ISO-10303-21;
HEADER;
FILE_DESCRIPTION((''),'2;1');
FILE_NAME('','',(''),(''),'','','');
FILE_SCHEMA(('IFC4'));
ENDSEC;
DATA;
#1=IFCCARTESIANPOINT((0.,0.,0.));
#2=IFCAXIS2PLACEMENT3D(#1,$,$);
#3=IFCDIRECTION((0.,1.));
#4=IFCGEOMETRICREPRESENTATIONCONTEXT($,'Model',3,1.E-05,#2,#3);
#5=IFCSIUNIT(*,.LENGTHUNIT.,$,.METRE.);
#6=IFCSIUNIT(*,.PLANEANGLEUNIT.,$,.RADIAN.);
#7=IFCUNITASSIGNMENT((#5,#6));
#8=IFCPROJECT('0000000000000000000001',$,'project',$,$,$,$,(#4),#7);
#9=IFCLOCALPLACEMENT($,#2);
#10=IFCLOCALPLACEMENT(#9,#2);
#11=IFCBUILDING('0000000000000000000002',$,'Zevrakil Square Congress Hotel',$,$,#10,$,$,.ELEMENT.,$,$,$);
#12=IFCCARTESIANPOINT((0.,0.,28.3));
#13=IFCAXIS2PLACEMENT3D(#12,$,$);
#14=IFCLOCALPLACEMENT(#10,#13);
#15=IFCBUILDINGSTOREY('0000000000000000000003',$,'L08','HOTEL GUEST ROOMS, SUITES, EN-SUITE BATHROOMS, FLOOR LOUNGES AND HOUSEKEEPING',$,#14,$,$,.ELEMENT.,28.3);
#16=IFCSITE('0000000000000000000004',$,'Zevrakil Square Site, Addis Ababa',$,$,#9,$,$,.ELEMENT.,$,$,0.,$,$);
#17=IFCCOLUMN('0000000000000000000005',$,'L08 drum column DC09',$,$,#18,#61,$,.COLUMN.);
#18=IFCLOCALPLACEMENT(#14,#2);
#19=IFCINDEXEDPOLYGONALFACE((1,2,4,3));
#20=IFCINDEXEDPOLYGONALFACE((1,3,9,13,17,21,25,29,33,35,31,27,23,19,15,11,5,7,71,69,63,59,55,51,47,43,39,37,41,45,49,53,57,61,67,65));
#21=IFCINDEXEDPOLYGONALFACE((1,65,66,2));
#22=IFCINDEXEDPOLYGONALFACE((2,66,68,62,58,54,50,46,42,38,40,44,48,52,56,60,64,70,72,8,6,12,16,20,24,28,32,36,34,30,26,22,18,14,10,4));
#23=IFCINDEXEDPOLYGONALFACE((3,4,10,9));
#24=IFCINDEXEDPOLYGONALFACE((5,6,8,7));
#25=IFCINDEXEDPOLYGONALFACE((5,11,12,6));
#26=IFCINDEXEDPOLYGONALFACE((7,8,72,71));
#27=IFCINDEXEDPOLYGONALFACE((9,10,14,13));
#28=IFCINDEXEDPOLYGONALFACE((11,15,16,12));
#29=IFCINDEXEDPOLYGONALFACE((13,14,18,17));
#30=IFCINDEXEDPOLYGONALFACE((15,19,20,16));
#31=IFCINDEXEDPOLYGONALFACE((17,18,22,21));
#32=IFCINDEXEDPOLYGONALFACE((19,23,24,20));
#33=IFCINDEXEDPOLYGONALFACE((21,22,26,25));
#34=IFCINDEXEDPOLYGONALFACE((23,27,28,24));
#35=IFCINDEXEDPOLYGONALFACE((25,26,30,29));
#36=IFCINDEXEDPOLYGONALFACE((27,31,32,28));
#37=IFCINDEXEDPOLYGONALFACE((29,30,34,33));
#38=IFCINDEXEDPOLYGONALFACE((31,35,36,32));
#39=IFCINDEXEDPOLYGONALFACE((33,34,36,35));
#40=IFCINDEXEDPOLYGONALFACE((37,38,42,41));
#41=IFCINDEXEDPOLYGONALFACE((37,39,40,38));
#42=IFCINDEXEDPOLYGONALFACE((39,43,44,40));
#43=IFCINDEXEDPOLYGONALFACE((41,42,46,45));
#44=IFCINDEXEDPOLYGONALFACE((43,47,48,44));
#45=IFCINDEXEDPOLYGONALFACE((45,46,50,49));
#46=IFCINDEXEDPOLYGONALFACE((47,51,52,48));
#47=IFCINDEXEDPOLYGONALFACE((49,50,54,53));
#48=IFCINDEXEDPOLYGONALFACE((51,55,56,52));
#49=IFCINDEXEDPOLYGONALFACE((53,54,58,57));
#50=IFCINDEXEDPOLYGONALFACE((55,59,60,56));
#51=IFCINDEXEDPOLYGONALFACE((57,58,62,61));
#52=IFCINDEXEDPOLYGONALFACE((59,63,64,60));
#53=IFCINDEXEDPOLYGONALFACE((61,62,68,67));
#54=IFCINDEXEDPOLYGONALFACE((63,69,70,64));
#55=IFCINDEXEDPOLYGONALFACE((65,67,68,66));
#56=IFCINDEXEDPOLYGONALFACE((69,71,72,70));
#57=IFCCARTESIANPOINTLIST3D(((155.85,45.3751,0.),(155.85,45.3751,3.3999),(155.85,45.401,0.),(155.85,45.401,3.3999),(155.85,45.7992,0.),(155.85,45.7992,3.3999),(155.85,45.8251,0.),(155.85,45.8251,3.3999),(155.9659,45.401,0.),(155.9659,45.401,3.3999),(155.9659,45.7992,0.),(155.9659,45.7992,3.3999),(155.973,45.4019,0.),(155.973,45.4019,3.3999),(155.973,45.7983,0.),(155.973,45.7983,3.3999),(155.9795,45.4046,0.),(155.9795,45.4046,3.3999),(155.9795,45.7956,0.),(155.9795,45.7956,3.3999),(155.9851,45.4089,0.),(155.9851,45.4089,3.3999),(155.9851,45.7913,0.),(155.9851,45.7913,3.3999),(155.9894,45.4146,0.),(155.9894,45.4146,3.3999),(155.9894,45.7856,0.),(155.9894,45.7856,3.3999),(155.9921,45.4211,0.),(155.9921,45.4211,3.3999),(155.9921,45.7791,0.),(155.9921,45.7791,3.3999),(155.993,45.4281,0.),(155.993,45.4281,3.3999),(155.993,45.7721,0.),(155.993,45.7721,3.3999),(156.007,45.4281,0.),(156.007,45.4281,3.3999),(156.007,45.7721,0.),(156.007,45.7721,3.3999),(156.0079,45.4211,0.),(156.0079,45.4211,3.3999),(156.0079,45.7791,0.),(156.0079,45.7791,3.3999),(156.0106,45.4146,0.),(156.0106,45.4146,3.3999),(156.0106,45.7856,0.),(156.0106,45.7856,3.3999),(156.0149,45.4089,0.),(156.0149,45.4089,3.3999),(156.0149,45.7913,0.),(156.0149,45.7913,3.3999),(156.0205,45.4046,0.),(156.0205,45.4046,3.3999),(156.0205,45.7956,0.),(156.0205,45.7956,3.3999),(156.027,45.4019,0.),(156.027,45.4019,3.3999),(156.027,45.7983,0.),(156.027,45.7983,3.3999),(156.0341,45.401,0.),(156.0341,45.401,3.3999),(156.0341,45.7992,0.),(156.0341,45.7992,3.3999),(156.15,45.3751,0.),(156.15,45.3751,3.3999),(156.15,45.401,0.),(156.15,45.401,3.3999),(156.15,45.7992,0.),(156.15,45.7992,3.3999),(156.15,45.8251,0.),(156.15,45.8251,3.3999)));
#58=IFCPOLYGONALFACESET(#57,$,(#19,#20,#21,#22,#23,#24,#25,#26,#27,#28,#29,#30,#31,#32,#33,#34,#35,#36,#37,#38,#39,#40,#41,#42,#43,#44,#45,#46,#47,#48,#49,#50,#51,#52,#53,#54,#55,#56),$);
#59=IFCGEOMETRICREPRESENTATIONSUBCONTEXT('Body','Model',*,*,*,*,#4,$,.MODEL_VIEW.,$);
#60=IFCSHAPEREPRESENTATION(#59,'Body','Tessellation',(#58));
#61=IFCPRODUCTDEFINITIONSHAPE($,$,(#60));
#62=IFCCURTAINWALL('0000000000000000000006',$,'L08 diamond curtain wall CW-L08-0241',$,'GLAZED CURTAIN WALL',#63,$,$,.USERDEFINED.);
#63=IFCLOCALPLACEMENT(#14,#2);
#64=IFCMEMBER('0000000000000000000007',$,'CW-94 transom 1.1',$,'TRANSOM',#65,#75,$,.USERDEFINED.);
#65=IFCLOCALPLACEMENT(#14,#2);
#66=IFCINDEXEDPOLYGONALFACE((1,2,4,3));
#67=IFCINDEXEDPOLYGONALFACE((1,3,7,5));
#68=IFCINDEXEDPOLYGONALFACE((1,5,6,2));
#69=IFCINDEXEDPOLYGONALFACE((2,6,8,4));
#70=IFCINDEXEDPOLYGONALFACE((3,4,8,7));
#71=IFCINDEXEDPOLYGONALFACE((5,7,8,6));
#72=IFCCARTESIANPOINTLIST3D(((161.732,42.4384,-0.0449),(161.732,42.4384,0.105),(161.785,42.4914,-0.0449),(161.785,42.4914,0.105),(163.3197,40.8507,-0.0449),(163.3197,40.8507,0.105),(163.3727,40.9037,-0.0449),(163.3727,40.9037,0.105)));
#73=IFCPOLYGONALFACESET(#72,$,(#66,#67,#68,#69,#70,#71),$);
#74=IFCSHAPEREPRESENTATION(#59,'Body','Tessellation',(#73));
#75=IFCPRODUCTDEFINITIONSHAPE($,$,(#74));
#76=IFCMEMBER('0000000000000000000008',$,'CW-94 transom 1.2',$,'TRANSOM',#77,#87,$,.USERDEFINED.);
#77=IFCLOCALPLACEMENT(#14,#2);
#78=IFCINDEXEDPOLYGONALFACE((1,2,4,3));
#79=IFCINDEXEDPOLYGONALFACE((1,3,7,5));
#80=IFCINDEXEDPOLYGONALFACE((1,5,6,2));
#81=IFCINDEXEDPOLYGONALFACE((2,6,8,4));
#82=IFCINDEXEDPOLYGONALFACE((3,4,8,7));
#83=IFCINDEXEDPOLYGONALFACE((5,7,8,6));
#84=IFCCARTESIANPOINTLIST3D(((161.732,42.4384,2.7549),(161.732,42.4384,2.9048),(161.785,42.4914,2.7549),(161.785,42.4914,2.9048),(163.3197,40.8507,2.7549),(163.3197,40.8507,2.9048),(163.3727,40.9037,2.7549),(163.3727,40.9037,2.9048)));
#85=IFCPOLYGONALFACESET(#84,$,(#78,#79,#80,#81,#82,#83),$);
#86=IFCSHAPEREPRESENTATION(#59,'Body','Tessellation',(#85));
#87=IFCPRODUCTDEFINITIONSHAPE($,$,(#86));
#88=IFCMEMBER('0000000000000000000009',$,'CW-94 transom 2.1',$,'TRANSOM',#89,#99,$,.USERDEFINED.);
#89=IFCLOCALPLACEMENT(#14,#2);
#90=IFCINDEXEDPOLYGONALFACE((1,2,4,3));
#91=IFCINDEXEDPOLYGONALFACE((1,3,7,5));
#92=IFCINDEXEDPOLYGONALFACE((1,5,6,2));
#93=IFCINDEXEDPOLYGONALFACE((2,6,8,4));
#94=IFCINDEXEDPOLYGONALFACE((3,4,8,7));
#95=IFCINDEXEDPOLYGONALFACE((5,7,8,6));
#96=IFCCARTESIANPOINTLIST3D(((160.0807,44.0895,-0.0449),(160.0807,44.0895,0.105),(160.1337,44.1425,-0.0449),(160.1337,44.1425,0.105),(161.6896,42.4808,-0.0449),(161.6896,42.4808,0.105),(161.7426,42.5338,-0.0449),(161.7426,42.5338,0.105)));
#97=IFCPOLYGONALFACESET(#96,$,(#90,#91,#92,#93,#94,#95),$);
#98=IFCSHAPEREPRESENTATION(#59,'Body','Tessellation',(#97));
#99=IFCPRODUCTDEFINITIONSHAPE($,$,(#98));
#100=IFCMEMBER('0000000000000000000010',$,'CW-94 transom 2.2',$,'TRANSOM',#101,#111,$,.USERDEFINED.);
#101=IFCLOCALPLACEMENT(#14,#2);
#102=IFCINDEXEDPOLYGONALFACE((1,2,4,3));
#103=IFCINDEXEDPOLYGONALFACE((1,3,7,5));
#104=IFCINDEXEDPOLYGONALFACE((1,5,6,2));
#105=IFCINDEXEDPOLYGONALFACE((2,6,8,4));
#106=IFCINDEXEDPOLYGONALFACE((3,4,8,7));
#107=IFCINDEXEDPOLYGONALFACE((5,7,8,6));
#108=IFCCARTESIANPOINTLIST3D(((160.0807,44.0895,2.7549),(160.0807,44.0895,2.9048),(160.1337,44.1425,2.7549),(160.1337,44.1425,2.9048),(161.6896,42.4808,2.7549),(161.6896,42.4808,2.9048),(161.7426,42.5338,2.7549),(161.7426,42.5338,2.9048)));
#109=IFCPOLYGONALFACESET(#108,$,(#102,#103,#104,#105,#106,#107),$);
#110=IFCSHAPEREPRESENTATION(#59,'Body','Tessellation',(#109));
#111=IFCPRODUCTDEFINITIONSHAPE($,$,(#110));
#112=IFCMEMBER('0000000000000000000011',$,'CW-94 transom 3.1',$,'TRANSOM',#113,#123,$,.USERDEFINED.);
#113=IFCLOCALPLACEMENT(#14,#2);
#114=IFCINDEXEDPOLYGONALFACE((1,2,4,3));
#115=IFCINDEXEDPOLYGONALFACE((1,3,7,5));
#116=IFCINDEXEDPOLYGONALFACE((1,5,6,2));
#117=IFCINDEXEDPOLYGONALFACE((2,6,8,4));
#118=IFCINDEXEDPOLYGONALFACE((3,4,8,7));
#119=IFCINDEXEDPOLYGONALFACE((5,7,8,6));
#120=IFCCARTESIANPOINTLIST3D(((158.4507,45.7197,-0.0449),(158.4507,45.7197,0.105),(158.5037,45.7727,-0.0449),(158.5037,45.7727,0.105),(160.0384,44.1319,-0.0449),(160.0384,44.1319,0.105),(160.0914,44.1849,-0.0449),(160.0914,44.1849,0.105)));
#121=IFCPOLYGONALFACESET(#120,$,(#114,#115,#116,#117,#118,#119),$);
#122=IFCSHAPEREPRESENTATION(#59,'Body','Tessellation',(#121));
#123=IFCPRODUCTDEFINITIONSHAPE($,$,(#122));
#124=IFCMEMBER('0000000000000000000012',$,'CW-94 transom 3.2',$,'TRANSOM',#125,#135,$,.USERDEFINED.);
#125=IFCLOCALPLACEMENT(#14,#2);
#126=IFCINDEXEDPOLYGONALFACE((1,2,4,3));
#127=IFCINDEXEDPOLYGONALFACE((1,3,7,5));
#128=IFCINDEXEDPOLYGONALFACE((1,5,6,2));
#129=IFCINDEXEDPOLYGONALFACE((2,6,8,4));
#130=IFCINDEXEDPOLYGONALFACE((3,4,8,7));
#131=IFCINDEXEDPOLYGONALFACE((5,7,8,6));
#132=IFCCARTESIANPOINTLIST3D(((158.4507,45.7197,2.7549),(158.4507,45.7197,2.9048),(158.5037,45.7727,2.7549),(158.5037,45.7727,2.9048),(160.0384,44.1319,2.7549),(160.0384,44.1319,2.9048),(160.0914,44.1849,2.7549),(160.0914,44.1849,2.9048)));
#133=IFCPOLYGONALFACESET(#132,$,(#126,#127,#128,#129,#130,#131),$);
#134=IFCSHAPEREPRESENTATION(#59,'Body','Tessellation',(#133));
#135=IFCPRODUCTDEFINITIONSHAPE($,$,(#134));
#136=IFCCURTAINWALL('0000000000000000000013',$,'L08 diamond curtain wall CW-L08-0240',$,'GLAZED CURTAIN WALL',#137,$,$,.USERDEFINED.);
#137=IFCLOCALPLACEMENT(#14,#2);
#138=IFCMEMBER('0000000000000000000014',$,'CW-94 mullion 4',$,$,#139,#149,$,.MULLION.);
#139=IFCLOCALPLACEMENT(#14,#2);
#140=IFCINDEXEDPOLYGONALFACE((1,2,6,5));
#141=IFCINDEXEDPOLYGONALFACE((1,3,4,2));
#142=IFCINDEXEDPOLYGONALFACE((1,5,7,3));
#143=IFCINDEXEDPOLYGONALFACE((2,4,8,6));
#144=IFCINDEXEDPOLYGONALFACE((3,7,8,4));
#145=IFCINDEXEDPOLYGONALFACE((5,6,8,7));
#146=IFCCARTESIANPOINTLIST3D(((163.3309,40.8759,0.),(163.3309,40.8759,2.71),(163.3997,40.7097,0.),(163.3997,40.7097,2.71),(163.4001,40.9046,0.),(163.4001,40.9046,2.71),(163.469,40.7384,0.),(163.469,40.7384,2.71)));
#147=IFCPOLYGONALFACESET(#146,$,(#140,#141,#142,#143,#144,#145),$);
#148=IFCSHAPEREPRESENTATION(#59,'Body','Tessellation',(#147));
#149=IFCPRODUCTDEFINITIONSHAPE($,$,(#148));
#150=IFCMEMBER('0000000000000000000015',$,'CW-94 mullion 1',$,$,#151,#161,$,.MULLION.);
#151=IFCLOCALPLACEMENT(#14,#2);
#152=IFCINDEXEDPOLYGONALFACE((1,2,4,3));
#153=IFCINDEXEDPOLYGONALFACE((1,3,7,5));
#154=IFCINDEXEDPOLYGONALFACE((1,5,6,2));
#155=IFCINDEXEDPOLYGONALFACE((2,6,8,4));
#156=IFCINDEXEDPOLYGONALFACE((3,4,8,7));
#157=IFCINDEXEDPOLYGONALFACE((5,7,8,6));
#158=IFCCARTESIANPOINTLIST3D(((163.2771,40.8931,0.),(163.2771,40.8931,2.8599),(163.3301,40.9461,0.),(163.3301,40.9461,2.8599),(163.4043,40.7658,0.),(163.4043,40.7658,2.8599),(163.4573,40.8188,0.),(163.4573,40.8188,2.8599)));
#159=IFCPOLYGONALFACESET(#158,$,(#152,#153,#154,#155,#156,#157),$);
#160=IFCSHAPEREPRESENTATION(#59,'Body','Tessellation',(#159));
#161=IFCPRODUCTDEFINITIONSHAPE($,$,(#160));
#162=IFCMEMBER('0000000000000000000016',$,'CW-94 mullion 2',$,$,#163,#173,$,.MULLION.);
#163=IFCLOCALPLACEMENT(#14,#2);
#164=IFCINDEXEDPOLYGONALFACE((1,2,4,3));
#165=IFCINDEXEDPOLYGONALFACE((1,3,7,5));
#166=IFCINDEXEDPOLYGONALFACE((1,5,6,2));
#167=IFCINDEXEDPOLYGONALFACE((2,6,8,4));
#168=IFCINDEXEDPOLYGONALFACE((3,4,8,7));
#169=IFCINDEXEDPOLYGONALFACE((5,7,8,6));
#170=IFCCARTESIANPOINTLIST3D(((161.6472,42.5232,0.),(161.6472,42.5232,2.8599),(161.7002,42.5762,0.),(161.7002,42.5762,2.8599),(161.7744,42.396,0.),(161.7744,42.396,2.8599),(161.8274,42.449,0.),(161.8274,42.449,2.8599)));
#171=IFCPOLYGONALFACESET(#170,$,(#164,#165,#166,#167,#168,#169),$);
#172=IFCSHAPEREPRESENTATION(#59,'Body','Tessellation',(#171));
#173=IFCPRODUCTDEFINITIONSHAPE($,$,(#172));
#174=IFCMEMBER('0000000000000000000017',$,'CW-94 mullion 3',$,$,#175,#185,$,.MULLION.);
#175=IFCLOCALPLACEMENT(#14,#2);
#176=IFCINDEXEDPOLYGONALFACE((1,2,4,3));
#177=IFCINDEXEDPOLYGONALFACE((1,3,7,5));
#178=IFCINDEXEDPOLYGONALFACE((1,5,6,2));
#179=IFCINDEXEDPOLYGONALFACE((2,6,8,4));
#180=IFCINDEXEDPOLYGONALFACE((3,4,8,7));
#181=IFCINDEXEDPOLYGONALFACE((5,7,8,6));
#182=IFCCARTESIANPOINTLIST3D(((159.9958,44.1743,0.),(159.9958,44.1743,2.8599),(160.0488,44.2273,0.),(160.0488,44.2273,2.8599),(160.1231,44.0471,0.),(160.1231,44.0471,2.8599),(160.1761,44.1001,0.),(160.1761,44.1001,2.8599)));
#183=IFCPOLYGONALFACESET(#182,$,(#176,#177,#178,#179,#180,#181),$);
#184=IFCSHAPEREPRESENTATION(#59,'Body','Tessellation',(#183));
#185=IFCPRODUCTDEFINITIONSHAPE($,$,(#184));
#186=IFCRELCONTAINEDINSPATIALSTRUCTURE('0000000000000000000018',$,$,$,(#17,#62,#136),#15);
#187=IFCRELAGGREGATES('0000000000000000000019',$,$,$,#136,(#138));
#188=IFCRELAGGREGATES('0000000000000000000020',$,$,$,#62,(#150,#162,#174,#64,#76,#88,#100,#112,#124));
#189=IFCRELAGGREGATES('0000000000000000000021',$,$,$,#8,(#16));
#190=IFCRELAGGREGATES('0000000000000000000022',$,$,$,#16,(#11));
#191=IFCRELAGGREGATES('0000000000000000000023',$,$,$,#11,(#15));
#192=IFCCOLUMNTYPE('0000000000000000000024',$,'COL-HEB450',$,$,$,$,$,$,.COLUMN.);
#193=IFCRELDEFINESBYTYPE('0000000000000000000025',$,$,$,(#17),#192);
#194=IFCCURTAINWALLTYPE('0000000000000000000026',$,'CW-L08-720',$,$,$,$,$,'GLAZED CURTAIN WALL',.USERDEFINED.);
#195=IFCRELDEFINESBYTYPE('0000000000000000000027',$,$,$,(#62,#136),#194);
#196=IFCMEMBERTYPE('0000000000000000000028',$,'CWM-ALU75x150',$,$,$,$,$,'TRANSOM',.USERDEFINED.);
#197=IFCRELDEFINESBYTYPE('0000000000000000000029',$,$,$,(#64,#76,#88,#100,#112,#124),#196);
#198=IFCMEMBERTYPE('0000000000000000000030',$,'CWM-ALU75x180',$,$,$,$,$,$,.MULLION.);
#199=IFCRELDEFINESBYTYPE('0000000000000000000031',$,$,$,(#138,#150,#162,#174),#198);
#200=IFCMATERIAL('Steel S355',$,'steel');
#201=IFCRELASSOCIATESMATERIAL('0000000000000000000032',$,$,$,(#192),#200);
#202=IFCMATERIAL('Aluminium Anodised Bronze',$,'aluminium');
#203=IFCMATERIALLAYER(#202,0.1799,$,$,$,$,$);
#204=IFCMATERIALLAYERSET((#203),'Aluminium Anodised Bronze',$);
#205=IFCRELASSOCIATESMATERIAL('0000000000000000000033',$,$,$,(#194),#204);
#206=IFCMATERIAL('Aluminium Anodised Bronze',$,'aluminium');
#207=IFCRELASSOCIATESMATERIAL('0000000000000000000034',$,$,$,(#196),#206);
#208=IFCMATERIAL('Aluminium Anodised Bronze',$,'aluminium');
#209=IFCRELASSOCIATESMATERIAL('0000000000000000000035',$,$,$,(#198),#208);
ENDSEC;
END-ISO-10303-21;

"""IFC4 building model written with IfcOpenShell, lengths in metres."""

from ifc_helpers import new_model, si_unit, direction, frame, origin, origin_2d, place, context, subcontext, project, spatial, rectangle, i_section, extrude, material, layer, layer_set, material_profile, profile_set, type_object, element, aggregate, save


model = new_model("IFC4")

# Units and contexts
model_context = context("Model", 3, precision=1e-05, world=origin(), true_north=direction((0.0, 1.0)))
body_context = subcontext(model_context, "Body", "Model", "MODEL_VIEW")
ifc_project = project(units=[si_unit("LENGTHUNIT", "METRE"), si_unit("PLANEANGLEUNIT", "RADIAN")], contexts=[model_context])

# Site, building, storey
site_placement = place(None, origin())
site = spatial("IfcSite", under=ifc_project, at=site_placement, Name="Zevrakil Square Site, Addis Ababa", CompositionType="ELEMENT", RefElevation=0.0)
building_placement = place(site_placement, origin())
building = spatial("IfcBuilding", under=site, at=building_placement, Name="Zevrakil Square Congress Hotel", CompositionType="ELEMENT")
storey_placement = place(building_placement, frame((0.0, 0.0, 28.3)))
storey = spatial("IfcBuildingStorey", under=building, at=storey_placement, Name="L08", Description="HOTEL GUEST ROOMS, SUITES, EN-SUITE BATHROOMS, FLOOR LOUNGES AND HOUSEKEEPING", CompositionType="ELEMENT", Elevation=28.3)

# Column
ifc_material_1 = material(Name="Steel S355", Category="steel")
ifc_material_profile_1 = material_profile(ifc_material_1, i_section(OverallWidth=0.3, OverallDepth=0.45, WebThickness=0.0139, FlangeThickness=0.0259, FilletRadius=0.0271, at=origin_2d()), Name="HEB 450")
ifc_profile_set_1 = profile_set([ifc_material_profile_1], Name="Steel S355")
column_type = type_object("IfcColumnType", Name="COL-HEB450", PredefinedType="COLUMN", material=ifc_profile_set_1)
column_placement = place(storey_placement, frame((156.0, 45.6001, 0.0), z_axis=(0.0, 0.0, 1.0), x_axis=(1.0, 0.0, 0.0)))
element("IfcColumn", 1, at=column_placement, inside=storey, type_object=column_type, Name="L08 drum column DC09", PredefinedType="COLUMN", context=body_context, shape_type="SweptSolid", body=[
    extrude(i_section(OverallWidth=0.3, OverallDepth=0.45, WebThickness=0.0139, FlangeThickness=0.0259, FilletRadius=0.0271, at=origin_2d()), origin(), (0.0, 0.0, 1.0), 3.3999),
])

# Curtain wall, members
ifc_material_2 = material(Name="Aluminium Anodised Bronze", Category="aluminium")
ifc_layer_1 = layer(ifc_material_2, 0.1799)
ifc_layer_set_1 = layer_set([ifc_layer_1], Name="Aluminium Anodised Bronze")
curtain_wall_type = type_object("IfcCurtainWallType", Name="CW-L08-720", ElementType="GLAZED CURTAIN WALL", PredefinedType="USERDEFINED", material=ifc_layer_set_1)
curtain_wall_1_placement = place(storey_placement, origin())
curtain_wall_1 = element("IfcCurtainWall", 2, at=curtain_wall_1_placement, inside=storey, type_object=curtain_wall_type, Name="L08 diamond curtain wall CW-L08-0241", ObjectType="GLAZED CURTAIN WALL", PredefinedType="USERDEFINED")
ifc_material_3 = material(Name="Aluminium Anodised Bronze", Category="aluminium")
ifc_material_profile_2 = material_profile(ifc_material_3, rectangle(XDim=0.075, YDim=0.1499, at=origin_2d()), Name="ALU 75x150")
ifc_profile_set_2 = profile_set([ifc_material_profile_2], Name="Aluminium Anodised Bronze")
member_type_1 = type_object("IfcMemberType", Name="CWM-ALU75x150", ElementType="TRANSOM", PredefinedType="USERDEFINED", material=ifc_profile_set_2)
member_1_placement = place(storey_placement, frame((163.3462, 40.8772, 0.03), z_axis=(-0.707107, 0.707107, 0.0), x_axis=(-0.707107, -0.707107, 0.0)))
member_1 = element("IfcMember", 3, at=member_1_placement, type_object=member_type_1, Name="CW-94 transom 1.1", ObjectType="TRANSOM", PredefinedType="USERDEFINED", context=body_context, shape_type="SweptSolid", body=[
    extrude(rectangle(XDim=0.075, YDim=0.1499, at=origin_2d()), origin(), (0.0, 0.0, 1.0), 2.2454),
])
member_2_placement = place(storey_placement, frame((163.3462, 40.8772, 2.8298), z_axis=(-0.707107, 0.707107, 0.0), x_axis=(-0.707107, -0.707107, 0.0)))
member_2 = element("IfcMember", 4, at=member_2_placement, type_object=member_type_1, Name="CW-94 transom 1.2", ObjectType="TRANSOM", PredefinedType="USERDEFINED", context=body_context, shape_type="SweptSolid", body=[
    extrude(rectangle(XDim=0.075, YDim=0.1499, at=origin_2d()), origin(), (0.0, 0.0, 1.0), 2.2454),
])
member_3_placement = place(storey_placement, frame((161.7161, 42.5073, 0.03), z_axis=(-0.70716, 0.707053, 0.0), x_axis=(-0.707053, -0.70716, 0.0)))
member_3 = element("IfcMember", 5, at=member_3_placement, type_object=member_type_1, Name="CW-94 transom 2.1", ObjectType="TRANSOM", PredefinedType="USERDEFINED", context=body_context, shape_type="SweptSolid", body=[
    extrude(rectangle(XDim=0.075, YDim=0.1499, at=origin_2d()), origin(), (0.0, 0.0, 1.0), 2.2751),
])
member_4_placement = place(storey_placement, frame((161.7161, 42.5073, 2.8298), z_axis=(-0.70716, 0.707053, 0.0), x_axis=(-0.707053, -0.70716, 0.0)))
member_4 = element("IfcMember", 6, at=member_4_placement, type_object=member_type_1, Name="CW-94 transom 2.2", ObjectType="TRANSOM", PredefinedType="USERDEFINED", context=body_context, shape_type="SweptSolid", body=[
    extrude(rectangle(XDim=0.075, YDim=0.1499, at=origin_2d()), origin(), (0.0, 0.0, 1.0), 2.2751),
])
member_5_placement = place(storey_placement, frame((160.0649, 44.1584, 0.03), z_axis=(-0.707107, 0.707107, 0.0), x_axis=(-0.707107, -0.707107, 0.0)))
member_5 = element("IfcMember", 7, at=member_5_placement, type_object=member_type_1, Name="CW-94 transom 3.1", ObjectType="TRANSOM", PredefinedType="USERDEFINED", context=body_context, shape_type="SweptSolid", body=[
    extrude(rectangle(XDim=0.075, YDim=0.1499, at=origin_2d()), origin(), (0.0, 0.0, 1.0), 2.2454),
])
member_6_placement = place(storey_placement, frame((160.0649, 44.1584, 2.8298), z_axis=(-0.707107, 0.707107, 0.0), x_axis=(-0.707107, -0.707107, 0.0)))
member_6 = element("IfcMember", 8, at=member_6_placement, type_object=member_type_1, Name="CW-94 transom 3.2", ObjectType="TRANSOM", PredefinedType="USERDEFINED", context=body_context, shape_type="SweptSolid", body=[
    extrude(rectangle(XDim=0.075, YDim=0.1499, at=origin_2d()), origin(), (0.0, 0.0, 1.0), 2.2454),
])

# Curtain wall, member
curtain_wall_2_placement = place(storey_placement, origin())
curtain_wall_2 = element("IfcCurtainWall", 9, at=curtain_wall_2_placement, inside=storey, type_object=curtain_wall_type, Name="L08 diamond curtain wall CW-L08-0240", ObjectType="GLAZED CURTAIN WALL", PredefinedType="USERDEFINED")
ifc_material_4 = material(Name="Aluminium Anodised Bronze", Category="aluminium")
ifc_material_profile_3 = material_profile(ifc_material_4, rectangle(XDim=0.075, YDim=0.1799, at=origin_2d()), Name="ALU 75x180")
ifc_profile_set_3 = profile_set([ifc_material_profile_3], Name="Aluminium Anodised Bronze")
member_type_2 = type_object("IfcMemberType", Name="CWM-ALU75x180", PredefinedType="MULLION", material=ifc_profile_set_3)
member_7_placement = place(storey_placement, frame((163.3999, 40.8071, 0.0), z_axis=(0.0, 0.0, 1.0), x_axis=(-0.923879, -0.382684, 0.0)))
member_7 = element("IfcMember", 10, at=member_7_placement, type_object=member_type_2, Name="CW-94 mullion 4", PredefinedType="MULLION", context=body_context, shape_type="SweptSolid", body=[
    extrude(rectangle(XDim=0.075, YDim=0.1799, at=origin_2d()), origin(), (0.0, 0.0, 1.0), 2.71),
])
aggregate(curtain_wall_2, [member_7])

# Members
member_8_placement = place(storey_placement, frame((163.3672, 40.856, 0.0), z_axis=(0.0, 0.0, 1.0), x_axis=(-0.707107, -0.707107, 0.0)))
member_8 = element("IfcMember", 11, at=member_8_placement, type_object=member_type_2, Name="CW-94 mullion 1", PredefinedType="MULLION", context=body_context, shape_type="SweptSolid", body=[
    extrude(rectangle(XDim=0.075, YDim=0.1799, at=origin_2d()), origin(), (0.0, 0.0, 1.0), 2.8599),
])
member_9_placement = place(storey_placement, frame((161.7373, 42.4861, 0.0), z_axis=(0.0, 0.0, 1.0), x_axis=(-0.707107, -0.707107, 0.0)))
member_9 = element("IfcMember", 12, at=member_9_placement, type_object=member_type_2, Name="CW-94 mullion 2", PredefinedType="MULLION", context=body_context, shape_type="SweptSolid", body=[
    extrude(rectangle(XDim=0.075, YDim=0.1799, at=origin_2d()), origin(), (0.0, 0.0, 1.0), 2.8599),
])
member_10_placement = place(storey_placement, frame((160.0859, 44.1372, 0.0), z_axis=(0.0, 0.0, 1.0), x_axis=(-0.707107, -0.707107, 0.0)))
member_10 = element("IfcMember", 13, at=member_10_placement, type_object=member_type_2, Name="CW-94 mullion 3", PredefinedType="MULLION", context=body_context, shape_type="SweptSolid", body=[
    extrude(rectangle(XDim=0.075, YDim=0.1799, at=origin_2d()), origin(), (0.0, 0.0, 1.0), 2.8599),
])

aggregate(curtain_wall_1, [member_8, member_9, member_10, member_1, member_2, member_3, member_4, member_5, member_6])

save(model, "model.ifc")
